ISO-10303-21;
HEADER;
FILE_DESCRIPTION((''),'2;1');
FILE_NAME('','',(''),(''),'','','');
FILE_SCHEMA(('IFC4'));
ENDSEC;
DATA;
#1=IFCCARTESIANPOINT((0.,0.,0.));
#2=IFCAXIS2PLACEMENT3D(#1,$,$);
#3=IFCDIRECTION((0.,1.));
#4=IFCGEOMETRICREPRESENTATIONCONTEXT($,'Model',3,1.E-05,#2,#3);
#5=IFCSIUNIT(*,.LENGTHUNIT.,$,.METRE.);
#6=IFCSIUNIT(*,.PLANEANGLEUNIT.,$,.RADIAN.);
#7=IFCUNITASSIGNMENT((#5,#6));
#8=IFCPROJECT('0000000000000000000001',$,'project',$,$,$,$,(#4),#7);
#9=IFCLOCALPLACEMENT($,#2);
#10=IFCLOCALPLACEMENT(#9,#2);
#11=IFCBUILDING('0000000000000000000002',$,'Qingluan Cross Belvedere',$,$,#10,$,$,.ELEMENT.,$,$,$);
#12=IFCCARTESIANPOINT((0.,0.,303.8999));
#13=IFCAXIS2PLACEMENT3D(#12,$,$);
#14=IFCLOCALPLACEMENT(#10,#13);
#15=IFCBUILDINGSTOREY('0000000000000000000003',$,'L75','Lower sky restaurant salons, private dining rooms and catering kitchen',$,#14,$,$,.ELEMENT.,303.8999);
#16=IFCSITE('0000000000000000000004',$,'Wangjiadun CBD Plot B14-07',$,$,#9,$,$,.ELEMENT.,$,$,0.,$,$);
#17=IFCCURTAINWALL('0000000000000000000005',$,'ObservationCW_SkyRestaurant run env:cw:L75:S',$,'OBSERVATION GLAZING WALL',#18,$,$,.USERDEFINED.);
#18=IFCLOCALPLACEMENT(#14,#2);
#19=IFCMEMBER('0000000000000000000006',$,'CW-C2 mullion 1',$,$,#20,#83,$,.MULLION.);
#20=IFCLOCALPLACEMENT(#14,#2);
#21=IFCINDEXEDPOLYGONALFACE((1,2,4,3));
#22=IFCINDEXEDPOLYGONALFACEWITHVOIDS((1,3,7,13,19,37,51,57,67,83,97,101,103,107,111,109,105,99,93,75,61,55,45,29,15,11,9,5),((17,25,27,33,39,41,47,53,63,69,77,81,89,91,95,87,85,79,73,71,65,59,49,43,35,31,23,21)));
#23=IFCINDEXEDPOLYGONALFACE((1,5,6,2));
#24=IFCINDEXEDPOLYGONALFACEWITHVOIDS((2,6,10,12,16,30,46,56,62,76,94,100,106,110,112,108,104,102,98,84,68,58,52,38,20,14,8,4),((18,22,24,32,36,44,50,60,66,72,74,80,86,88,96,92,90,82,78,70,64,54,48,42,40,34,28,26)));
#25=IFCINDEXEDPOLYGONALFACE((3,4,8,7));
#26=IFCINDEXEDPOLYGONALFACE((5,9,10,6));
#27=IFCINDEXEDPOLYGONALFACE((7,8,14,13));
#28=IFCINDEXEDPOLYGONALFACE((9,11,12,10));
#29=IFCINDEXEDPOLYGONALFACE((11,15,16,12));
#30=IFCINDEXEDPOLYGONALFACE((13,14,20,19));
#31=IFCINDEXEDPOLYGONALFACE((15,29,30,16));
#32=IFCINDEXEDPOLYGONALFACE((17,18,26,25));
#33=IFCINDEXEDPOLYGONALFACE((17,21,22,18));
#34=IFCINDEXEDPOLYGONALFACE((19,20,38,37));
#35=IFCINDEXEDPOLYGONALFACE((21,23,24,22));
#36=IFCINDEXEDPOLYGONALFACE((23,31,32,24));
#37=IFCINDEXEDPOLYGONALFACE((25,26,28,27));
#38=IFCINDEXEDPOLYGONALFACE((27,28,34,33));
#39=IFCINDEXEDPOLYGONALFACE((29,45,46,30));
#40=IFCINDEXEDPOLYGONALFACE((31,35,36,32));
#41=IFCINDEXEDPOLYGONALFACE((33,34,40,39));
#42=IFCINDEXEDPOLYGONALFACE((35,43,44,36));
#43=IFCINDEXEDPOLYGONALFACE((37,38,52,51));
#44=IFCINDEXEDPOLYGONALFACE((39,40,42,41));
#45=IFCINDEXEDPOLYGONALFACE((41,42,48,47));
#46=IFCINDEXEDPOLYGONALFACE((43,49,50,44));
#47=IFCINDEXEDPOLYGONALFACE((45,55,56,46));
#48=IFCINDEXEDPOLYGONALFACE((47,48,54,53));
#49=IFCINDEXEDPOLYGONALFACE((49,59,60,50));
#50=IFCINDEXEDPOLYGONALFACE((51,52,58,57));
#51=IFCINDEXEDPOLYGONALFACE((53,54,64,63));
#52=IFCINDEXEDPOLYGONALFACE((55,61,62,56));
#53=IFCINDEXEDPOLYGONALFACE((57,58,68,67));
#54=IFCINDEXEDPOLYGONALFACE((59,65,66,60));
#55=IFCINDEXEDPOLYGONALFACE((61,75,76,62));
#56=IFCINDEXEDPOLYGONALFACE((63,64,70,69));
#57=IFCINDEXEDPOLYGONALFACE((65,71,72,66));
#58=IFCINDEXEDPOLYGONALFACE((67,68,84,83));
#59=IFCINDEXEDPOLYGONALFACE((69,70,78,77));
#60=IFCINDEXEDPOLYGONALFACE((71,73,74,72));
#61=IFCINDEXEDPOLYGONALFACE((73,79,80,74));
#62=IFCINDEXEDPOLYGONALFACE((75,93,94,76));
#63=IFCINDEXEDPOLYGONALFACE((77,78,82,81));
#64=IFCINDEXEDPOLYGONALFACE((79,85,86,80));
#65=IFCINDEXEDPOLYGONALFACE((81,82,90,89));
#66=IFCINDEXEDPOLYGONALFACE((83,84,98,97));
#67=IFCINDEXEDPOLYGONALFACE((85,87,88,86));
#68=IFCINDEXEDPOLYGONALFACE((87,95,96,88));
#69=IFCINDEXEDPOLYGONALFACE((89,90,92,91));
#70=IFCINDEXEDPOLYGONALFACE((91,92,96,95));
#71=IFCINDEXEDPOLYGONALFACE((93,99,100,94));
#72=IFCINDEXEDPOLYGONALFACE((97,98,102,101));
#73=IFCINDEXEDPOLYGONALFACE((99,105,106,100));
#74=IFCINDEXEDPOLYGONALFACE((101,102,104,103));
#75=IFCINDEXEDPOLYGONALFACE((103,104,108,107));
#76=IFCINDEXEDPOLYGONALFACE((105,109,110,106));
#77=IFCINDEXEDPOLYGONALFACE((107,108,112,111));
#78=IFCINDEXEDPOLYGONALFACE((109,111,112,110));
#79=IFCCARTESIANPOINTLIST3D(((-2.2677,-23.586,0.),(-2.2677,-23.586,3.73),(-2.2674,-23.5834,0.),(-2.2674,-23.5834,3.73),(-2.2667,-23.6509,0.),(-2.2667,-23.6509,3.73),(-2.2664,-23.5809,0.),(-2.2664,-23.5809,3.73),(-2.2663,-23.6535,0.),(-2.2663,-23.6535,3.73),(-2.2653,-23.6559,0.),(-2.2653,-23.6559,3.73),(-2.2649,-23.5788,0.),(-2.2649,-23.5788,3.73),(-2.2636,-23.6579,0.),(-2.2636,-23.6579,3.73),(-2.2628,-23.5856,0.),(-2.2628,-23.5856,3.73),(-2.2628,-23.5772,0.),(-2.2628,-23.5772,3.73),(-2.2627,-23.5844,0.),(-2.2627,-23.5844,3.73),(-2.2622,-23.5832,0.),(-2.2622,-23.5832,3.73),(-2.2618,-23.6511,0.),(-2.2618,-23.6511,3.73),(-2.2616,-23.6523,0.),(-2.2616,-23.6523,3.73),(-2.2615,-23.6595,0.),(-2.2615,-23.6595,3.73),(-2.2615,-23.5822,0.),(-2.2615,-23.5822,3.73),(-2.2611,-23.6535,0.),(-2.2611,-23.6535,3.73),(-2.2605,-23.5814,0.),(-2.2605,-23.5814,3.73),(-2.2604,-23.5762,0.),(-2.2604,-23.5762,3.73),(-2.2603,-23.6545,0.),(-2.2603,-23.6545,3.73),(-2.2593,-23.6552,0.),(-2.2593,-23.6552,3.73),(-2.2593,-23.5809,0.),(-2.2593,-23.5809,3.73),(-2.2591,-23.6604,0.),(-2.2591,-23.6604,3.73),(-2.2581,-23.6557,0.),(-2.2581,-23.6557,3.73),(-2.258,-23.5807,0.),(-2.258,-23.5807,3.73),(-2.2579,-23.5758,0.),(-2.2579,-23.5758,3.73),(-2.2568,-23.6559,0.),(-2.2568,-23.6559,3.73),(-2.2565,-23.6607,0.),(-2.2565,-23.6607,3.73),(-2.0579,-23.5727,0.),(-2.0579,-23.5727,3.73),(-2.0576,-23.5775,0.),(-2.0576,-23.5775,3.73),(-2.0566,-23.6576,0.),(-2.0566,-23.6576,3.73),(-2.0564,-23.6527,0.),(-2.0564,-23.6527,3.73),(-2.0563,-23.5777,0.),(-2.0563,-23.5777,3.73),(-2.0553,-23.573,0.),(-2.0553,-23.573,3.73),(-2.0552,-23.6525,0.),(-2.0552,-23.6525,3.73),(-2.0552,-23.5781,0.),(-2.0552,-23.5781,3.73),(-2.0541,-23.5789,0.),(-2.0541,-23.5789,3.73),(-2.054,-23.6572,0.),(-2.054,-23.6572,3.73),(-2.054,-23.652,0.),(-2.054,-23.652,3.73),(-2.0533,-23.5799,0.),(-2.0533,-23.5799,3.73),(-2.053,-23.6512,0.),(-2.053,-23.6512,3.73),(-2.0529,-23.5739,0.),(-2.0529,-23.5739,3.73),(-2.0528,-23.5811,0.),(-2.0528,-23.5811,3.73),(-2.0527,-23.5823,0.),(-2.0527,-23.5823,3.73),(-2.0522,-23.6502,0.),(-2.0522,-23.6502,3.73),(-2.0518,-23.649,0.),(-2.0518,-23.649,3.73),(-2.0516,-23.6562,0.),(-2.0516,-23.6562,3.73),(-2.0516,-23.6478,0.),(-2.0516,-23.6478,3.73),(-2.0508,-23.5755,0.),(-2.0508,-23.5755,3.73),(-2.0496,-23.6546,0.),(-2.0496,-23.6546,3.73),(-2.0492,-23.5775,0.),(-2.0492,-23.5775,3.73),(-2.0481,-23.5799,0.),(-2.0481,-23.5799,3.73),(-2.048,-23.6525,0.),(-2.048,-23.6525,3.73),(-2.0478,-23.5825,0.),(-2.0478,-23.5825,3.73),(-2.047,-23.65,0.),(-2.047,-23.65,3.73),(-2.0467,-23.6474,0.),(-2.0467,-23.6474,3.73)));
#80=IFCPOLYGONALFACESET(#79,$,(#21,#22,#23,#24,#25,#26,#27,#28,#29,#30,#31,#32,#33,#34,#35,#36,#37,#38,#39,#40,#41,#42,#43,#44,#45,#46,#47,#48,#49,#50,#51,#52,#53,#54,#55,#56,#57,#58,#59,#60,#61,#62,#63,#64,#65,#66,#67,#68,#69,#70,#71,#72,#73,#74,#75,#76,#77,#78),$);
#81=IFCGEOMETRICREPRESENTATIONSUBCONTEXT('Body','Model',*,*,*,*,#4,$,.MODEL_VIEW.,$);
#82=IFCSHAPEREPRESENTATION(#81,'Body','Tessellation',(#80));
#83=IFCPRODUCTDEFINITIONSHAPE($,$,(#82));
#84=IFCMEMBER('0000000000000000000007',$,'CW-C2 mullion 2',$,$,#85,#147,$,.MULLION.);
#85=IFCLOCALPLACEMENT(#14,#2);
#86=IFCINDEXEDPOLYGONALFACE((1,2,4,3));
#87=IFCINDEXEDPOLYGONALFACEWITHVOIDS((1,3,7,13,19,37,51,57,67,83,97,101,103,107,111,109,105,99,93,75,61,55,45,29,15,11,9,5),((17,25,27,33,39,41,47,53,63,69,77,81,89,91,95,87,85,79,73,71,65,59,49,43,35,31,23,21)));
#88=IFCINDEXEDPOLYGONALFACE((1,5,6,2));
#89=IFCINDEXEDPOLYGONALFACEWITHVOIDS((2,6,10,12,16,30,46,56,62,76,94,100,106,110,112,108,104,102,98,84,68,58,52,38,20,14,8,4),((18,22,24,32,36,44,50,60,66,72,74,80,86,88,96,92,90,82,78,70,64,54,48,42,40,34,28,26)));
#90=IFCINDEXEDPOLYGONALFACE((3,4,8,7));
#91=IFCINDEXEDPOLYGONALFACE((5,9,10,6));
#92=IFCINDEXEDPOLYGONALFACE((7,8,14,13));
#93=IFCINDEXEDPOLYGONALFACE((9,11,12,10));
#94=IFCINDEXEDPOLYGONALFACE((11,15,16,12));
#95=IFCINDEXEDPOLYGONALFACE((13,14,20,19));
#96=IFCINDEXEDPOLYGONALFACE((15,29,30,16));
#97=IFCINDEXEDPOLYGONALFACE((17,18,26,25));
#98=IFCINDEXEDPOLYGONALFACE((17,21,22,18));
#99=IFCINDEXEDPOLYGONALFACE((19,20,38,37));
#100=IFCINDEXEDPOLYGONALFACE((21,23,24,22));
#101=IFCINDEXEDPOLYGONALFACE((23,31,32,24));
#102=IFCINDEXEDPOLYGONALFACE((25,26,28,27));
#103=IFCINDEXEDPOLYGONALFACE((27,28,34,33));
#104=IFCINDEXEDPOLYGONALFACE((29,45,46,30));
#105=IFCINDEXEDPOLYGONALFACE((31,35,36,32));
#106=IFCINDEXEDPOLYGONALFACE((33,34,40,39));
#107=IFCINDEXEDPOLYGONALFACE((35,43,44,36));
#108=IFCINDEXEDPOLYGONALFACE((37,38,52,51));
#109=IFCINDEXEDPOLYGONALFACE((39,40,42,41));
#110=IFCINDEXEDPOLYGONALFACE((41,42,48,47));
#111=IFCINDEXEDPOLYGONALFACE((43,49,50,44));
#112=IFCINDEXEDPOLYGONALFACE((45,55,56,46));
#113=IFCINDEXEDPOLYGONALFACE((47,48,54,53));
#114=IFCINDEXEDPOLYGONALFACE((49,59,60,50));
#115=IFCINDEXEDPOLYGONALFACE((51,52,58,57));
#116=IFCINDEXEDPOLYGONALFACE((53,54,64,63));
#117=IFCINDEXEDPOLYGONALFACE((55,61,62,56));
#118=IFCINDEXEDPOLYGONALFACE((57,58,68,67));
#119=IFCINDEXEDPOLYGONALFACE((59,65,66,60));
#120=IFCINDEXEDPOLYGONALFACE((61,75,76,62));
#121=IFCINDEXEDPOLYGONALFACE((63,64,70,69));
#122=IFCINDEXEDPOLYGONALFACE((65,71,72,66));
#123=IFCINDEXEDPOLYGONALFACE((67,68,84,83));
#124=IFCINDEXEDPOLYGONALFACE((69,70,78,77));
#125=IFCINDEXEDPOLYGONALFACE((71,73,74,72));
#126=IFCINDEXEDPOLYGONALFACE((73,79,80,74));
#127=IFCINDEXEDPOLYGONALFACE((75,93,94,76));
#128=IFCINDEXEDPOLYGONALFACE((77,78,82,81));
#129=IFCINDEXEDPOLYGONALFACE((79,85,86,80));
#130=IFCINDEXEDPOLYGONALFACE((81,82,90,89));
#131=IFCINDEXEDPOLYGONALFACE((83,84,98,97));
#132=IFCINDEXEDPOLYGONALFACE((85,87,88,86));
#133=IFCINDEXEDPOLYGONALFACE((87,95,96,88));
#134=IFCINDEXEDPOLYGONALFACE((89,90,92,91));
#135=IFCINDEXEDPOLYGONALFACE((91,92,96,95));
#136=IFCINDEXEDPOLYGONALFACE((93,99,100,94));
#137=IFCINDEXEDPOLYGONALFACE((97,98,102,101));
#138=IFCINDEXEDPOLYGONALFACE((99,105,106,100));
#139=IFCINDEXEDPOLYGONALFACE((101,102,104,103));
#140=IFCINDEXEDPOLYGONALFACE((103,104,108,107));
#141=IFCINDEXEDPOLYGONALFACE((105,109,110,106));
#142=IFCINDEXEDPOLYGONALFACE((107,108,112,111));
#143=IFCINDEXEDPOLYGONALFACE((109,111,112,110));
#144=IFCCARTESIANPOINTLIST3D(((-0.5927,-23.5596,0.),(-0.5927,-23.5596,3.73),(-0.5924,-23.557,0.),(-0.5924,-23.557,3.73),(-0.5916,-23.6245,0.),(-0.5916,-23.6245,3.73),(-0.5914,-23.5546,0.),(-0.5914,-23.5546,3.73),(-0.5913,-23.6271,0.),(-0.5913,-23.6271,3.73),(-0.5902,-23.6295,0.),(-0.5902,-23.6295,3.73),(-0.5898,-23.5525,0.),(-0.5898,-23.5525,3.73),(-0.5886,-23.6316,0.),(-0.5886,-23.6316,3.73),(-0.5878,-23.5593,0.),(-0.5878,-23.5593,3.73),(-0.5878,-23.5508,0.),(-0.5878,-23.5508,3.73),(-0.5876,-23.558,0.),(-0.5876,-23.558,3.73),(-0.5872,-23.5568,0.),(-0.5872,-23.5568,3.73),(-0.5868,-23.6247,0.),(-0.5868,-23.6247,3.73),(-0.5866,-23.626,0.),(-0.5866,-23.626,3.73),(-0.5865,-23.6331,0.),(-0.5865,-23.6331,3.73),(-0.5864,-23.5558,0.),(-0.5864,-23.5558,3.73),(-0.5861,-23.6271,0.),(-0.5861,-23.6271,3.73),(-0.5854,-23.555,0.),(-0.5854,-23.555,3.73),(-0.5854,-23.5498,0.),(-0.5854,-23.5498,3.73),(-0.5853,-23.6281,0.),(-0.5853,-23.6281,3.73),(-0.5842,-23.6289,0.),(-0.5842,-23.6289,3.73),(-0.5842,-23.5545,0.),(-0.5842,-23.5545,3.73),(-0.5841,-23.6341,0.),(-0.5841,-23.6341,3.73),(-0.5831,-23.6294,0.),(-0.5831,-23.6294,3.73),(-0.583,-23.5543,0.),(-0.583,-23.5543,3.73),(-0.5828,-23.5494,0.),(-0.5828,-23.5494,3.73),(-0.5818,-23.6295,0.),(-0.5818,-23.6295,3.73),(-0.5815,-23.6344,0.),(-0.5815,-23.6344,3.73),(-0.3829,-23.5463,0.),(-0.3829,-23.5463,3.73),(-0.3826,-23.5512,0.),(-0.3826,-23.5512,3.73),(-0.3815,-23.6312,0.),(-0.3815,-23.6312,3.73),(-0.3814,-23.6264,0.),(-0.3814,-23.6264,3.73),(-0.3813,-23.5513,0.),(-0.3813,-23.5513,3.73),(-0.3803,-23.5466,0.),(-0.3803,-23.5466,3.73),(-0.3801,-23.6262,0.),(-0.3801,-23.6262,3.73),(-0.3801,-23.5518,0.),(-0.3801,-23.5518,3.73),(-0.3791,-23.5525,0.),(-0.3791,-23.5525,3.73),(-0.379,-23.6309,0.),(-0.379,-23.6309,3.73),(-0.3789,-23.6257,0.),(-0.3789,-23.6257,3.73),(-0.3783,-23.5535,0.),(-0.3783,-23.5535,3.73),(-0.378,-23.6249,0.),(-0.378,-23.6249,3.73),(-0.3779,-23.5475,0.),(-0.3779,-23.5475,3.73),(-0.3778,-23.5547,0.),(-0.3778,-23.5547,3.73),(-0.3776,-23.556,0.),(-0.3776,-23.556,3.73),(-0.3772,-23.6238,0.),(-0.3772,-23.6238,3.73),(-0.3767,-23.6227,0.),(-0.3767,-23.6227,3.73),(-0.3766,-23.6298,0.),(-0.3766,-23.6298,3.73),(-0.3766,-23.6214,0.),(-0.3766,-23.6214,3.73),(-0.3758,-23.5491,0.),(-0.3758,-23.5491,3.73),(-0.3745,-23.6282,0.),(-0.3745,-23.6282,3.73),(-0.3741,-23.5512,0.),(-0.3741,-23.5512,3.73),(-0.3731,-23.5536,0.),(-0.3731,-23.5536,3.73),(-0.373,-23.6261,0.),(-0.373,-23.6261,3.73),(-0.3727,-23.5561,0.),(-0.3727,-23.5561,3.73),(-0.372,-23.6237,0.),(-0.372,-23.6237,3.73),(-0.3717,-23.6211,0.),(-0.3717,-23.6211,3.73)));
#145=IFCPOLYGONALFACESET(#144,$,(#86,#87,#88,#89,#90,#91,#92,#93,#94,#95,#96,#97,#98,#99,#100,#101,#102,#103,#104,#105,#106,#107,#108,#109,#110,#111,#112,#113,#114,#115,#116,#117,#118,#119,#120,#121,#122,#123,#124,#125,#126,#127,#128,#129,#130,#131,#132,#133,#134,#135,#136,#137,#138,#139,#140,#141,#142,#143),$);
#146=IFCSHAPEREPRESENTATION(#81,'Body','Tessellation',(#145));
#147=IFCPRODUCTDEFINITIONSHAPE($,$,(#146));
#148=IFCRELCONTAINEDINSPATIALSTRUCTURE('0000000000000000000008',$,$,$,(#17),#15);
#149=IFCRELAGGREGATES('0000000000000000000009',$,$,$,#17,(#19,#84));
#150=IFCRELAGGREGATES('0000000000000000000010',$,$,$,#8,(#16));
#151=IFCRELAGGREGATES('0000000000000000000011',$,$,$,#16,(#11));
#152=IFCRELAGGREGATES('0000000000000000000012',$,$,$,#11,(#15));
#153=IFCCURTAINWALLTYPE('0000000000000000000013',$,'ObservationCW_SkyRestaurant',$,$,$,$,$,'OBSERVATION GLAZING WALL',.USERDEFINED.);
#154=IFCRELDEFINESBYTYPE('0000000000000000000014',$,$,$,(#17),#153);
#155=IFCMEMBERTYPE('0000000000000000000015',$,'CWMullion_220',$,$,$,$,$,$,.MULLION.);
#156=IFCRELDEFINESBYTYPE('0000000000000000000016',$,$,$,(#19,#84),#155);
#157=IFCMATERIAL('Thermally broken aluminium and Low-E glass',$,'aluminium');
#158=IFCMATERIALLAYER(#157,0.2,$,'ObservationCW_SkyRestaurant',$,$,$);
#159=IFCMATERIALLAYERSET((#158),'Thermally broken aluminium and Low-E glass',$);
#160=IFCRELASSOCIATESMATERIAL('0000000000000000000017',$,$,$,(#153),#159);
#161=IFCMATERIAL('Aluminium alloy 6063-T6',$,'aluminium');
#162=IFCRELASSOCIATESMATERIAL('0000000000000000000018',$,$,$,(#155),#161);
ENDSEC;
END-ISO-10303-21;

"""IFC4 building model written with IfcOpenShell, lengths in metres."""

from ifc_helpers import new_model, si_unit, direction, frame, origin, origin_2d, place, context, subcontext, project, spatial, hollow_rectangle, extrude, material, layer, layer_set, material_profile, profile_set, type_object, element, aggregate, save


model = new_model("IFC4")

# Units and contexts
model_context = context("Model", 3, precision=1e-05, world=origin(), true_north=direction((0.0, 1.0)))
body_context = subcontext(model_context, "Body", "Model", "MODEL_VIEW")
ifc_project = project(units=[si_unit("LENGTHUNIT", "METRE"), si_unit("PLANEANGLEUNIT", "RADIAN")], contexts=[model_context])

# Site, building, storey
site_placement = place(None, origin())
site = spatial("IfcSite", under=ifc_project, at=site_placement, Name="Wangjiadun CBD Plot B14-07", CompositionType="ELEMENT", RefElevation=0.0)
building_placement = place(site_placement, origin())
building = spatial("IfcBuilding", under=site, at=building_placement, Name="Qingluan Cross Belvedere", CompositionType="ELEMENT")
storey_placement = place(building_placement, frame((0.0, 0.0, 303.8999)))
storey = spatial("IfcBuildingStorey", under=building, at=storey_placement, Name="L75", Description="Lower sky restaurant salons, private dining rooms and catering kitchen", CompositionType="ELEMENT", Elevation=303.8999)

# Curtain wall, members
ifc_material_1 = material(Name="Thermally broken aluminium and Low-E glass", Category="aluminium")
ifc_layer_1 = layer(ifc_material_1, 0.2, Name="ObservationCW_SkyRestaurant")
ifc_layer_set_1 = layer_set([ifc_layer_1], Name="Thermally broken aluminium and Low-E glass")
curtain_wall_type = type_object("IfcCurtainWallType", Name="ObservationCW_SkyRestaurant", ElementType="OBSERVATION GLAZING WALL", PredefinedType="USERDEFINED", material=ifc_layer_set_1)
curtain_wall_placement = place(storey_placement, origin())
curtain_wall = element("IfcCurtainWall", 1, at=curtain_wall_placement, inside=storey, type_object=curtain_wall_type, Name="ObservationCW_SkyRestaurant run env:cw:L75:S", ObjectType="OBSERVATION GLAZING WALL", PredefinedType="USERDEFINED")
ifc_material_2 = material(Name="Aluminium alloy 6063-T6", Category="aluminium")
ifc_material_profile_1 = material_profile(ifc_material_2, hollow_rectangle(XDim=0.085, YDim=0.22, WallThickness=0.0049, InnerFilletRadius=0.0049, OuterFilletRadius=0.01, at=origin_2d()), Name="CWM220x85x5")
ifc_profile_set_1 = profile_set([ifc_material_profile_1], Name="Aluminium alloy 6063-T6")
member_type_1 = type_object("IfcMemberType", Name="CWMullion_220", PredefinedType="MULLION", material=ifc_profile_set_1)
member_1_placement = place(storey_placement, frame((-2.1572, -23.6167, 0.0), z_axis=(0.0, 0.0, 1.0), x_axis=(-0.015696, 0.999877, 0.0)))
member_1 = element("IfcMember", 2, at=member_1_placement, type_object=member_type_1, Name="CW-C2 mullion 1", PredefinedType="MULLION", context=body_context, shape_type="SweptSolid", body=[
    extrude(hollow_rectangle(XDim=0.085, YDim=0.22, WallThickness=0.0049, InnerFilletRadius=0.0049, OuterFilletRadius=0.01, at=origin_2d()), origin(), (0.0, 0.0, 1.0), 3.73),
])
member_2_placement = place(storey_placement, frame((-0.4822, -23.5903, 0.0), z_axis=(0.0, 0.0, 1.0), x_axis=(-0.015696, 0.999877, 0.0)))
member_2 = element("IfcMember", 3, at=member_2_placement, type_object=member_type_1, Name="CW-C2 mullion 2", PredefinedType="MULLION", context=body_context, shape_type="SweptSolid", body=[
    extrude(hollow_rectangle(XDim=0.085, YDim=0.22, WallThickness=0.0049, InnerFilletRadius=0.0049, OuterFilletRadius=0.01, at=origin_2d()), origin(), (0.0, 0.0, 1.0), 3.73),
])
aggregate(curtain_wall, [member_1, member_2])

save(model, "model.ifc")
